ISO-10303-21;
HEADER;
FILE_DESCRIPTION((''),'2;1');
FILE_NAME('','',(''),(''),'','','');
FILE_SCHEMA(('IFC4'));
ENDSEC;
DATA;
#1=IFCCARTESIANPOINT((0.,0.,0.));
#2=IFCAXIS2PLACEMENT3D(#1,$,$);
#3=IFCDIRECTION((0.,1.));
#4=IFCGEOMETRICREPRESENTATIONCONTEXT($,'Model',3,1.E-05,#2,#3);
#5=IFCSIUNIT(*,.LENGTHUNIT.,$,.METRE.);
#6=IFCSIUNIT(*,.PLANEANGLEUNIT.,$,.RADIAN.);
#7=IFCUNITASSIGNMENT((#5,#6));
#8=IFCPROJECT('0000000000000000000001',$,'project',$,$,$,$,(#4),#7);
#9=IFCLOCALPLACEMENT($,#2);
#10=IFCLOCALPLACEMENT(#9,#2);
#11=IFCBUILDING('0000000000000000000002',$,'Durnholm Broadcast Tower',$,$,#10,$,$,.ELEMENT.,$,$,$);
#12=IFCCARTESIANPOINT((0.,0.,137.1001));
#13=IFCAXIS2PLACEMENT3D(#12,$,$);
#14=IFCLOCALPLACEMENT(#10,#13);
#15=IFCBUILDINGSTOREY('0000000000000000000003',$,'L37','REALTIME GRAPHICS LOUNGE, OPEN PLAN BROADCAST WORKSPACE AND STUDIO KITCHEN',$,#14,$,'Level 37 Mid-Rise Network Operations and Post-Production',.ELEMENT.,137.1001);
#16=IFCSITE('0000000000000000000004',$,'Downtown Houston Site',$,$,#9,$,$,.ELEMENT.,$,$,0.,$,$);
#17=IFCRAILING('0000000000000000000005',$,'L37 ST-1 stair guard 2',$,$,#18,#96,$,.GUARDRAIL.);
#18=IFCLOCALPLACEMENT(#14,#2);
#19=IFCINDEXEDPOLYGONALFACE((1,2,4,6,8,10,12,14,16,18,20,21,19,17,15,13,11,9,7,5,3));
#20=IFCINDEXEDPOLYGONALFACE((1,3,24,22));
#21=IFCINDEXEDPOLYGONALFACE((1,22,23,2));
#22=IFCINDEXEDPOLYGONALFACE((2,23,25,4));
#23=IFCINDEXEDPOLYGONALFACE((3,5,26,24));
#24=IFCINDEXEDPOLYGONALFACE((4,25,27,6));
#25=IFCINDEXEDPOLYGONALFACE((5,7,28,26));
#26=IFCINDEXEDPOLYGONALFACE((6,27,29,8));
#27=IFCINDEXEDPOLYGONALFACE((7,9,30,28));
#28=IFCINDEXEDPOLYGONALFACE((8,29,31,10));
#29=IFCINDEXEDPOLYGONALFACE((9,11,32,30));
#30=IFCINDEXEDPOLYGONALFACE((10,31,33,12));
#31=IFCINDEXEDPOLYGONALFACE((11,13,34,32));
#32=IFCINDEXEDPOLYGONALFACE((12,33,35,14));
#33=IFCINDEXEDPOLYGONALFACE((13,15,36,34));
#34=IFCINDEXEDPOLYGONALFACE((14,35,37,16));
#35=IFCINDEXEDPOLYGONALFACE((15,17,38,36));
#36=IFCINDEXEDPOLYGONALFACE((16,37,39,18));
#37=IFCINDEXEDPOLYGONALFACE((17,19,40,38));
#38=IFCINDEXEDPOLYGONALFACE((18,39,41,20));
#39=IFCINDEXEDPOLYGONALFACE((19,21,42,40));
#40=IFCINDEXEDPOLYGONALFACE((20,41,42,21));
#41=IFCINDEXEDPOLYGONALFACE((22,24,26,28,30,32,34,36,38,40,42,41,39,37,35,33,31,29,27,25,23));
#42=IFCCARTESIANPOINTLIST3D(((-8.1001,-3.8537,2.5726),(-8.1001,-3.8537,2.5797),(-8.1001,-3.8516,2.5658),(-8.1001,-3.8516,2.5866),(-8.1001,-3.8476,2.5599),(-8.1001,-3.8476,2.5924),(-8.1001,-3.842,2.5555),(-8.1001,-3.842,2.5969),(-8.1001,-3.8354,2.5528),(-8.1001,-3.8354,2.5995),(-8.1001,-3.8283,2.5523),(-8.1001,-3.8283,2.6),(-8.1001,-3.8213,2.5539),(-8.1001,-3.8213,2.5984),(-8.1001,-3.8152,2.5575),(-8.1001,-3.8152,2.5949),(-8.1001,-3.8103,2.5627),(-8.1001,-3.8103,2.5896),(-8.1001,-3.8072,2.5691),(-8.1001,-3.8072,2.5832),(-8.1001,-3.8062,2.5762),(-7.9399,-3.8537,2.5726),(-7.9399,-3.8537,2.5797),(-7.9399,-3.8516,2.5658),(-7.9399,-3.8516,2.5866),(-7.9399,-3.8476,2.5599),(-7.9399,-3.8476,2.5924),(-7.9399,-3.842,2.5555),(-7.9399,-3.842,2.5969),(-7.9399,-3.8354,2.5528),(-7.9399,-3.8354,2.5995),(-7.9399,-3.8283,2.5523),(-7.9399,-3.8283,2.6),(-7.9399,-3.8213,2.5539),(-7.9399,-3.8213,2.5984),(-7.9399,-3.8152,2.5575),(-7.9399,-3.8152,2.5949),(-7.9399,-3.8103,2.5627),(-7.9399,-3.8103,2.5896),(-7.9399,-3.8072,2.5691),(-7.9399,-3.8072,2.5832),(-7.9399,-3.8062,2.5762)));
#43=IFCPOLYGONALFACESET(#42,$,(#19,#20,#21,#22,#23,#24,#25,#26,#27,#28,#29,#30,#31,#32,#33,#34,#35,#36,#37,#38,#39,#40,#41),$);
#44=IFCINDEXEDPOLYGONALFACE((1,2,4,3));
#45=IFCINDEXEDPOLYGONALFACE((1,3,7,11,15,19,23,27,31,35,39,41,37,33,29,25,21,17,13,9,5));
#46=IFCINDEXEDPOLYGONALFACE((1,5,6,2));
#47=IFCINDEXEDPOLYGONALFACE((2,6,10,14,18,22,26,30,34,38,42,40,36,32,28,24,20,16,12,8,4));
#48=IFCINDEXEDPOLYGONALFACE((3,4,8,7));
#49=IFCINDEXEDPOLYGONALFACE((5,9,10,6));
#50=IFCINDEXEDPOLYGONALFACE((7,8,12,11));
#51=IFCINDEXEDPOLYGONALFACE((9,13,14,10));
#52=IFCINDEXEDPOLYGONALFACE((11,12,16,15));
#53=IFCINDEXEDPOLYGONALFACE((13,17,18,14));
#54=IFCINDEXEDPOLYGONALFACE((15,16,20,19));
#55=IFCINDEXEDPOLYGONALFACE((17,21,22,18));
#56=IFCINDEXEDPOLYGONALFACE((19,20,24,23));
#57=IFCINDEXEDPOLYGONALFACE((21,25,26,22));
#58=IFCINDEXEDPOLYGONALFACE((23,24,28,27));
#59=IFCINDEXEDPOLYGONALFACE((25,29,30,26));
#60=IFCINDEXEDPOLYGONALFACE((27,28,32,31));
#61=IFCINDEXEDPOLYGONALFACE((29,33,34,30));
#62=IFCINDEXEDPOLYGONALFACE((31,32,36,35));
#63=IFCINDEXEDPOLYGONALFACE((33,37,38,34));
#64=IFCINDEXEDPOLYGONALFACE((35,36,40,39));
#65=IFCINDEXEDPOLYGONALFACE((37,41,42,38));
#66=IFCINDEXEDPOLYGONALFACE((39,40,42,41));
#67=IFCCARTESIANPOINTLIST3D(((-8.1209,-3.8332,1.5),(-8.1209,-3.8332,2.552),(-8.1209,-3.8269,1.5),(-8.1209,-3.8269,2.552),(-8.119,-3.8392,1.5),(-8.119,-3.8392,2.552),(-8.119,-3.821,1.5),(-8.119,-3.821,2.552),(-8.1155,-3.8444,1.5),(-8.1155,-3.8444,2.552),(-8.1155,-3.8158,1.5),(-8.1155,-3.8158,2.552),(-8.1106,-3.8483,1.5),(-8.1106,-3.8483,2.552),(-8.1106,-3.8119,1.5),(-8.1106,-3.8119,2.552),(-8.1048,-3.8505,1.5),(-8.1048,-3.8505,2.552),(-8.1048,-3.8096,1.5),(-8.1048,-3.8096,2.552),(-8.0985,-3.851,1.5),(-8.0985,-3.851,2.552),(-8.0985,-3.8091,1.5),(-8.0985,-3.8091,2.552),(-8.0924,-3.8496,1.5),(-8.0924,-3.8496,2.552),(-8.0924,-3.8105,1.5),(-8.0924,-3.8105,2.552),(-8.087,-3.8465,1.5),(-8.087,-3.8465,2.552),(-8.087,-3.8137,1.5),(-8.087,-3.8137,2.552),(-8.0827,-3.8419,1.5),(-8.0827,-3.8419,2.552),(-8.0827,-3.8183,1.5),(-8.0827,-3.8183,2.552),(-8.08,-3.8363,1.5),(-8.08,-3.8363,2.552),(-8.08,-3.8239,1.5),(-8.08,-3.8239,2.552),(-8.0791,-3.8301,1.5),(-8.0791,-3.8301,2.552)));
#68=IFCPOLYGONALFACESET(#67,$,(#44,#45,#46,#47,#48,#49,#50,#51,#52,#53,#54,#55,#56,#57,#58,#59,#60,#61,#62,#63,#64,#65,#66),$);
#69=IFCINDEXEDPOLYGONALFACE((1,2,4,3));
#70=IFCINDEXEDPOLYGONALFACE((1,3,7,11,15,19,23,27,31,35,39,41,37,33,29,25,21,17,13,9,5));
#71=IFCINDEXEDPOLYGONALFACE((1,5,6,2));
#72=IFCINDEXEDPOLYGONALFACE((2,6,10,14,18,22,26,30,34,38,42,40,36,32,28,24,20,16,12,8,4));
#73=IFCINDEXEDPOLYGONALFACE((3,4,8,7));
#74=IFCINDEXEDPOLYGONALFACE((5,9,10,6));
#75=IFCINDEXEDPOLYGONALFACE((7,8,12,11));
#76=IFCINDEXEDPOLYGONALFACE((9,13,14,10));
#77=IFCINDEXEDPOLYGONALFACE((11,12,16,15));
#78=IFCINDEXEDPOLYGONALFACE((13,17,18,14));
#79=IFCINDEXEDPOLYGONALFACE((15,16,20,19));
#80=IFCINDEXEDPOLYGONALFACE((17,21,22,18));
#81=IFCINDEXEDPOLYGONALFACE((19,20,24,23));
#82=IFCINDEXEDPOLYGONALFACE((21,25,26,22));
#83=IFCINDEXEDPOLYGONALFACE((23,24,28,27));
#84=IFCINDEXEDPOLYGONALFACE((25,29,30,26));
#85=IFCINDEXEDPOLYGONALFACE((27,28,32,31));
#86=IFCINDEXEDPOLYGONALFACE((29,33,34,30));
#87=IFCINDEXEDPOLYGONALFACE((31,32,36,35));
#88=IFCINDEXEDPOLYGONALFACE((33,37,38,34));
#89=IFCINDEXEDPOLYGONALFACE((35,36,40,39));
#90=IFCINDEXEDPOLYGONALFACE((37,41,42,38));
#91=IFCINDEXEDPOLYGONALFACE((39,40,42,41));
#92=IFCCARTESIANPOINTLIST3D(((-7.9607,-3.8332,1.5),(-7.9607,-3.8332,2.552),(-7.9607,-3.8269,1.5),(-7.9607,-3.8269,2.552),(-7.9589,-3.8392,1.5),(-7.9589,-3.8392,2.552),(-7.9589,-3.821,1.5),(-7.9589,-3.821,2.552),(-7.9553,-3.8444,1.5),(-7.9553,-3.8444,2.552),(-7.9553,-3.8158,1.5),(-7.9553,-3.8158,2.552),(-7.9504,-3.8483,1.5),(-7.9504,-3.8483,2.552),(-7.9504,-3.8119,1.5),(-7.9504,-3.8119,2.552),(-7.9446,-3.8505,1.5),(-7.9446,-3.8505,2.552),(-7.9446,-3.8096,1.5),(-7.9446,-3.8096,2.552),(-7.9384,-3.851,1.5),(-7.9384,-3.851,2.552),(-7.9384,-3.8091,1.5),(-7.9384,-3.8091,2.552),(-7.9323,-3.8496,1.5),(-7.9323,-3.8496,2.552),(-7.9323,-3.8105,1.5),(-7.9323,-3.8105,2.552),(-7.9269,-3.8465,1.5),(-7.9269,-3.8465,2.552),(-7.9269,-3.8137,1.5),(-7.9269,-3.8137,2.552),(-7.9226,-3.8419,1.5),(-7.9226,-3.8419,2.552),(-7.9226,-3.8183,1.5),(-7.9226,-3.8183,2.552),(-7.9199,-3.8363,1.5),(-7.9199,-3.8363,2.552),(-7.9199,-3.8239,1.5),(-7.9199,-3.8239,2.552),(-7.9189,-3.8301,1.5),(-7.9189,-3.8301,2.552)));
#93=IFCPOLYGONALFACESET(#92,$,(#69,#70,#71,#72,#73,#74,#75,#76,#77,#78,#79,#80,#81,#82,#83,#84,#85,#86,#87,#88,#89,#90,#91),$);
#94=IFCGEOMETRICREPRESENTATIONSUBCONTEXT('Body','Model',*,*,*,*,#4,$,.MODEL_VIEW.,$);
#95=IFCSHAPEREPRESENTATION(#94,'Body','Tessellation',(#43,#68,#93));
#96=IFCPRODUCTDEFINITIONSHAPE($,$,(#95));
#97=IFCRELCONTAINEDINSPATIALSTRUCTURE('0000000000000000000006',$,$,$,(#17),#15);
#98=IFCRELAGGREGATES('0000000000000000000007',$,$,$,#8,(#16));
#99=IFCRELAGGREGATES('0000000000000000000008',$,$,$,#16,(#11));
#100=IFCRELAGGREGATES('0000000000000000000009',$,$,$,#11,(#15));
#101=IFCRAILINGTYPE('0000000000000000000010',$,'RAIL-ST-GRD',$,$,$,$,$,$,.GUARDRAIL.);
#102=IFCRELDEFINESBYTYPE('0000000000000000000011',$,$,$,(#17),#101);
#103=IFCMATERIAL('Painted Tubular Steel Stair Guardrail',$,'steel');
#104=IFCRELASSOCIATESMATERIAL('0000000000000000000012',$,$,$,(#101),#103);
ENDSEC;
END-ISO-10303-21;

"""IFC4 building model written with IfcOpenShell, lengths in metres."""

from ifc_helpers import new_model, si_unit, direction, frame, origin, origin_2d, place, context, subcontext, project, spatial, circle, extrude, material, type_object, element, save


model = new_model("IFC4")

# Units and contexts
model_context = context("Model", 3, precision=1e-05, world=origin(), true_north=direction((0.0, 1.0)))
body_context = subcontext(model_context, "Body", "Model", "MODEL_VIEW")
ifc_project = project(units=[si_unit("LENGTHUNIT", "METRE"), si_unit("PLANEANGLEUNIT", "RADIAN")], contexts=[model_context])

# Site, building, storey
site_placement = place(None, origin())
site = spatial("IfcSite", under=ifc_project, at=site_placement, Name="Downtown Houston Site", CompositionType="ELEMENT", RefElevation=0.0)
building_placement = place(site_placement, origin())
building = spatial("IfcBuilding", under=site, at=building_placement, Name="Durnholm Broadcast Tower", CompositionType="ELEMENT")
storey_placement = place(building_placement, frame((0.0, 0.0, 137.1001)))
storey = spatial("IfcBuildingStorey", under=building, at=storey_placement, Name="L37", Description="REALTIME GRAPHICS LOUNGE, OPEN PLAN BROADCAST WORKSPACE AND STUDIO KITCHEN", LongName="Level 37 Mid-Rise Network Operations and Post-Production", CompositionType="ELEMENT", Elevation=137.1001)

# Railing
ifc_material_1 = material(Name="Painted Tubular Steel Stair Guardrail", Category="steel")
railing_type_1 = type_object("IfcRailingType", Name="RAIL-ST-GRD", PredefinedType="GUARDRAIL", material=ifc_material_1)
railing_1_placement = place(storey_placement, frame((-8.1001, -3.8301, 1.5)))
element("IfcRailing", 1, at=railing_1_placement, inside=storey, type_object=railing_type_1, Name="L37 ST-1 stair guard 2", PredefinedType="GUARDRAIL", context=body_context, shape_type="SweptSolid", body=[
    extrude(circle(Radius=0.0239, at=origin_2d()), frame((0.0, 0.0, 1.0762), z_axis=(1.0, 0.0, 0.0), x_axis=(0.0, 1.0, 0.0)), (0.0, 0.0, 1.0), 0.1602),
    extrude(circle(Radius=0.021, at=origin_2d()), origin(), (0.0, 0.0, 1.0), 1.052),
    extrude(circle(Radius=0.021, at=origin_2d()), frame((0.1602, 0.0, 0.0)), (0.0, 0.0, 1.0), 1.052),
])

save(model, "model.ifc")
